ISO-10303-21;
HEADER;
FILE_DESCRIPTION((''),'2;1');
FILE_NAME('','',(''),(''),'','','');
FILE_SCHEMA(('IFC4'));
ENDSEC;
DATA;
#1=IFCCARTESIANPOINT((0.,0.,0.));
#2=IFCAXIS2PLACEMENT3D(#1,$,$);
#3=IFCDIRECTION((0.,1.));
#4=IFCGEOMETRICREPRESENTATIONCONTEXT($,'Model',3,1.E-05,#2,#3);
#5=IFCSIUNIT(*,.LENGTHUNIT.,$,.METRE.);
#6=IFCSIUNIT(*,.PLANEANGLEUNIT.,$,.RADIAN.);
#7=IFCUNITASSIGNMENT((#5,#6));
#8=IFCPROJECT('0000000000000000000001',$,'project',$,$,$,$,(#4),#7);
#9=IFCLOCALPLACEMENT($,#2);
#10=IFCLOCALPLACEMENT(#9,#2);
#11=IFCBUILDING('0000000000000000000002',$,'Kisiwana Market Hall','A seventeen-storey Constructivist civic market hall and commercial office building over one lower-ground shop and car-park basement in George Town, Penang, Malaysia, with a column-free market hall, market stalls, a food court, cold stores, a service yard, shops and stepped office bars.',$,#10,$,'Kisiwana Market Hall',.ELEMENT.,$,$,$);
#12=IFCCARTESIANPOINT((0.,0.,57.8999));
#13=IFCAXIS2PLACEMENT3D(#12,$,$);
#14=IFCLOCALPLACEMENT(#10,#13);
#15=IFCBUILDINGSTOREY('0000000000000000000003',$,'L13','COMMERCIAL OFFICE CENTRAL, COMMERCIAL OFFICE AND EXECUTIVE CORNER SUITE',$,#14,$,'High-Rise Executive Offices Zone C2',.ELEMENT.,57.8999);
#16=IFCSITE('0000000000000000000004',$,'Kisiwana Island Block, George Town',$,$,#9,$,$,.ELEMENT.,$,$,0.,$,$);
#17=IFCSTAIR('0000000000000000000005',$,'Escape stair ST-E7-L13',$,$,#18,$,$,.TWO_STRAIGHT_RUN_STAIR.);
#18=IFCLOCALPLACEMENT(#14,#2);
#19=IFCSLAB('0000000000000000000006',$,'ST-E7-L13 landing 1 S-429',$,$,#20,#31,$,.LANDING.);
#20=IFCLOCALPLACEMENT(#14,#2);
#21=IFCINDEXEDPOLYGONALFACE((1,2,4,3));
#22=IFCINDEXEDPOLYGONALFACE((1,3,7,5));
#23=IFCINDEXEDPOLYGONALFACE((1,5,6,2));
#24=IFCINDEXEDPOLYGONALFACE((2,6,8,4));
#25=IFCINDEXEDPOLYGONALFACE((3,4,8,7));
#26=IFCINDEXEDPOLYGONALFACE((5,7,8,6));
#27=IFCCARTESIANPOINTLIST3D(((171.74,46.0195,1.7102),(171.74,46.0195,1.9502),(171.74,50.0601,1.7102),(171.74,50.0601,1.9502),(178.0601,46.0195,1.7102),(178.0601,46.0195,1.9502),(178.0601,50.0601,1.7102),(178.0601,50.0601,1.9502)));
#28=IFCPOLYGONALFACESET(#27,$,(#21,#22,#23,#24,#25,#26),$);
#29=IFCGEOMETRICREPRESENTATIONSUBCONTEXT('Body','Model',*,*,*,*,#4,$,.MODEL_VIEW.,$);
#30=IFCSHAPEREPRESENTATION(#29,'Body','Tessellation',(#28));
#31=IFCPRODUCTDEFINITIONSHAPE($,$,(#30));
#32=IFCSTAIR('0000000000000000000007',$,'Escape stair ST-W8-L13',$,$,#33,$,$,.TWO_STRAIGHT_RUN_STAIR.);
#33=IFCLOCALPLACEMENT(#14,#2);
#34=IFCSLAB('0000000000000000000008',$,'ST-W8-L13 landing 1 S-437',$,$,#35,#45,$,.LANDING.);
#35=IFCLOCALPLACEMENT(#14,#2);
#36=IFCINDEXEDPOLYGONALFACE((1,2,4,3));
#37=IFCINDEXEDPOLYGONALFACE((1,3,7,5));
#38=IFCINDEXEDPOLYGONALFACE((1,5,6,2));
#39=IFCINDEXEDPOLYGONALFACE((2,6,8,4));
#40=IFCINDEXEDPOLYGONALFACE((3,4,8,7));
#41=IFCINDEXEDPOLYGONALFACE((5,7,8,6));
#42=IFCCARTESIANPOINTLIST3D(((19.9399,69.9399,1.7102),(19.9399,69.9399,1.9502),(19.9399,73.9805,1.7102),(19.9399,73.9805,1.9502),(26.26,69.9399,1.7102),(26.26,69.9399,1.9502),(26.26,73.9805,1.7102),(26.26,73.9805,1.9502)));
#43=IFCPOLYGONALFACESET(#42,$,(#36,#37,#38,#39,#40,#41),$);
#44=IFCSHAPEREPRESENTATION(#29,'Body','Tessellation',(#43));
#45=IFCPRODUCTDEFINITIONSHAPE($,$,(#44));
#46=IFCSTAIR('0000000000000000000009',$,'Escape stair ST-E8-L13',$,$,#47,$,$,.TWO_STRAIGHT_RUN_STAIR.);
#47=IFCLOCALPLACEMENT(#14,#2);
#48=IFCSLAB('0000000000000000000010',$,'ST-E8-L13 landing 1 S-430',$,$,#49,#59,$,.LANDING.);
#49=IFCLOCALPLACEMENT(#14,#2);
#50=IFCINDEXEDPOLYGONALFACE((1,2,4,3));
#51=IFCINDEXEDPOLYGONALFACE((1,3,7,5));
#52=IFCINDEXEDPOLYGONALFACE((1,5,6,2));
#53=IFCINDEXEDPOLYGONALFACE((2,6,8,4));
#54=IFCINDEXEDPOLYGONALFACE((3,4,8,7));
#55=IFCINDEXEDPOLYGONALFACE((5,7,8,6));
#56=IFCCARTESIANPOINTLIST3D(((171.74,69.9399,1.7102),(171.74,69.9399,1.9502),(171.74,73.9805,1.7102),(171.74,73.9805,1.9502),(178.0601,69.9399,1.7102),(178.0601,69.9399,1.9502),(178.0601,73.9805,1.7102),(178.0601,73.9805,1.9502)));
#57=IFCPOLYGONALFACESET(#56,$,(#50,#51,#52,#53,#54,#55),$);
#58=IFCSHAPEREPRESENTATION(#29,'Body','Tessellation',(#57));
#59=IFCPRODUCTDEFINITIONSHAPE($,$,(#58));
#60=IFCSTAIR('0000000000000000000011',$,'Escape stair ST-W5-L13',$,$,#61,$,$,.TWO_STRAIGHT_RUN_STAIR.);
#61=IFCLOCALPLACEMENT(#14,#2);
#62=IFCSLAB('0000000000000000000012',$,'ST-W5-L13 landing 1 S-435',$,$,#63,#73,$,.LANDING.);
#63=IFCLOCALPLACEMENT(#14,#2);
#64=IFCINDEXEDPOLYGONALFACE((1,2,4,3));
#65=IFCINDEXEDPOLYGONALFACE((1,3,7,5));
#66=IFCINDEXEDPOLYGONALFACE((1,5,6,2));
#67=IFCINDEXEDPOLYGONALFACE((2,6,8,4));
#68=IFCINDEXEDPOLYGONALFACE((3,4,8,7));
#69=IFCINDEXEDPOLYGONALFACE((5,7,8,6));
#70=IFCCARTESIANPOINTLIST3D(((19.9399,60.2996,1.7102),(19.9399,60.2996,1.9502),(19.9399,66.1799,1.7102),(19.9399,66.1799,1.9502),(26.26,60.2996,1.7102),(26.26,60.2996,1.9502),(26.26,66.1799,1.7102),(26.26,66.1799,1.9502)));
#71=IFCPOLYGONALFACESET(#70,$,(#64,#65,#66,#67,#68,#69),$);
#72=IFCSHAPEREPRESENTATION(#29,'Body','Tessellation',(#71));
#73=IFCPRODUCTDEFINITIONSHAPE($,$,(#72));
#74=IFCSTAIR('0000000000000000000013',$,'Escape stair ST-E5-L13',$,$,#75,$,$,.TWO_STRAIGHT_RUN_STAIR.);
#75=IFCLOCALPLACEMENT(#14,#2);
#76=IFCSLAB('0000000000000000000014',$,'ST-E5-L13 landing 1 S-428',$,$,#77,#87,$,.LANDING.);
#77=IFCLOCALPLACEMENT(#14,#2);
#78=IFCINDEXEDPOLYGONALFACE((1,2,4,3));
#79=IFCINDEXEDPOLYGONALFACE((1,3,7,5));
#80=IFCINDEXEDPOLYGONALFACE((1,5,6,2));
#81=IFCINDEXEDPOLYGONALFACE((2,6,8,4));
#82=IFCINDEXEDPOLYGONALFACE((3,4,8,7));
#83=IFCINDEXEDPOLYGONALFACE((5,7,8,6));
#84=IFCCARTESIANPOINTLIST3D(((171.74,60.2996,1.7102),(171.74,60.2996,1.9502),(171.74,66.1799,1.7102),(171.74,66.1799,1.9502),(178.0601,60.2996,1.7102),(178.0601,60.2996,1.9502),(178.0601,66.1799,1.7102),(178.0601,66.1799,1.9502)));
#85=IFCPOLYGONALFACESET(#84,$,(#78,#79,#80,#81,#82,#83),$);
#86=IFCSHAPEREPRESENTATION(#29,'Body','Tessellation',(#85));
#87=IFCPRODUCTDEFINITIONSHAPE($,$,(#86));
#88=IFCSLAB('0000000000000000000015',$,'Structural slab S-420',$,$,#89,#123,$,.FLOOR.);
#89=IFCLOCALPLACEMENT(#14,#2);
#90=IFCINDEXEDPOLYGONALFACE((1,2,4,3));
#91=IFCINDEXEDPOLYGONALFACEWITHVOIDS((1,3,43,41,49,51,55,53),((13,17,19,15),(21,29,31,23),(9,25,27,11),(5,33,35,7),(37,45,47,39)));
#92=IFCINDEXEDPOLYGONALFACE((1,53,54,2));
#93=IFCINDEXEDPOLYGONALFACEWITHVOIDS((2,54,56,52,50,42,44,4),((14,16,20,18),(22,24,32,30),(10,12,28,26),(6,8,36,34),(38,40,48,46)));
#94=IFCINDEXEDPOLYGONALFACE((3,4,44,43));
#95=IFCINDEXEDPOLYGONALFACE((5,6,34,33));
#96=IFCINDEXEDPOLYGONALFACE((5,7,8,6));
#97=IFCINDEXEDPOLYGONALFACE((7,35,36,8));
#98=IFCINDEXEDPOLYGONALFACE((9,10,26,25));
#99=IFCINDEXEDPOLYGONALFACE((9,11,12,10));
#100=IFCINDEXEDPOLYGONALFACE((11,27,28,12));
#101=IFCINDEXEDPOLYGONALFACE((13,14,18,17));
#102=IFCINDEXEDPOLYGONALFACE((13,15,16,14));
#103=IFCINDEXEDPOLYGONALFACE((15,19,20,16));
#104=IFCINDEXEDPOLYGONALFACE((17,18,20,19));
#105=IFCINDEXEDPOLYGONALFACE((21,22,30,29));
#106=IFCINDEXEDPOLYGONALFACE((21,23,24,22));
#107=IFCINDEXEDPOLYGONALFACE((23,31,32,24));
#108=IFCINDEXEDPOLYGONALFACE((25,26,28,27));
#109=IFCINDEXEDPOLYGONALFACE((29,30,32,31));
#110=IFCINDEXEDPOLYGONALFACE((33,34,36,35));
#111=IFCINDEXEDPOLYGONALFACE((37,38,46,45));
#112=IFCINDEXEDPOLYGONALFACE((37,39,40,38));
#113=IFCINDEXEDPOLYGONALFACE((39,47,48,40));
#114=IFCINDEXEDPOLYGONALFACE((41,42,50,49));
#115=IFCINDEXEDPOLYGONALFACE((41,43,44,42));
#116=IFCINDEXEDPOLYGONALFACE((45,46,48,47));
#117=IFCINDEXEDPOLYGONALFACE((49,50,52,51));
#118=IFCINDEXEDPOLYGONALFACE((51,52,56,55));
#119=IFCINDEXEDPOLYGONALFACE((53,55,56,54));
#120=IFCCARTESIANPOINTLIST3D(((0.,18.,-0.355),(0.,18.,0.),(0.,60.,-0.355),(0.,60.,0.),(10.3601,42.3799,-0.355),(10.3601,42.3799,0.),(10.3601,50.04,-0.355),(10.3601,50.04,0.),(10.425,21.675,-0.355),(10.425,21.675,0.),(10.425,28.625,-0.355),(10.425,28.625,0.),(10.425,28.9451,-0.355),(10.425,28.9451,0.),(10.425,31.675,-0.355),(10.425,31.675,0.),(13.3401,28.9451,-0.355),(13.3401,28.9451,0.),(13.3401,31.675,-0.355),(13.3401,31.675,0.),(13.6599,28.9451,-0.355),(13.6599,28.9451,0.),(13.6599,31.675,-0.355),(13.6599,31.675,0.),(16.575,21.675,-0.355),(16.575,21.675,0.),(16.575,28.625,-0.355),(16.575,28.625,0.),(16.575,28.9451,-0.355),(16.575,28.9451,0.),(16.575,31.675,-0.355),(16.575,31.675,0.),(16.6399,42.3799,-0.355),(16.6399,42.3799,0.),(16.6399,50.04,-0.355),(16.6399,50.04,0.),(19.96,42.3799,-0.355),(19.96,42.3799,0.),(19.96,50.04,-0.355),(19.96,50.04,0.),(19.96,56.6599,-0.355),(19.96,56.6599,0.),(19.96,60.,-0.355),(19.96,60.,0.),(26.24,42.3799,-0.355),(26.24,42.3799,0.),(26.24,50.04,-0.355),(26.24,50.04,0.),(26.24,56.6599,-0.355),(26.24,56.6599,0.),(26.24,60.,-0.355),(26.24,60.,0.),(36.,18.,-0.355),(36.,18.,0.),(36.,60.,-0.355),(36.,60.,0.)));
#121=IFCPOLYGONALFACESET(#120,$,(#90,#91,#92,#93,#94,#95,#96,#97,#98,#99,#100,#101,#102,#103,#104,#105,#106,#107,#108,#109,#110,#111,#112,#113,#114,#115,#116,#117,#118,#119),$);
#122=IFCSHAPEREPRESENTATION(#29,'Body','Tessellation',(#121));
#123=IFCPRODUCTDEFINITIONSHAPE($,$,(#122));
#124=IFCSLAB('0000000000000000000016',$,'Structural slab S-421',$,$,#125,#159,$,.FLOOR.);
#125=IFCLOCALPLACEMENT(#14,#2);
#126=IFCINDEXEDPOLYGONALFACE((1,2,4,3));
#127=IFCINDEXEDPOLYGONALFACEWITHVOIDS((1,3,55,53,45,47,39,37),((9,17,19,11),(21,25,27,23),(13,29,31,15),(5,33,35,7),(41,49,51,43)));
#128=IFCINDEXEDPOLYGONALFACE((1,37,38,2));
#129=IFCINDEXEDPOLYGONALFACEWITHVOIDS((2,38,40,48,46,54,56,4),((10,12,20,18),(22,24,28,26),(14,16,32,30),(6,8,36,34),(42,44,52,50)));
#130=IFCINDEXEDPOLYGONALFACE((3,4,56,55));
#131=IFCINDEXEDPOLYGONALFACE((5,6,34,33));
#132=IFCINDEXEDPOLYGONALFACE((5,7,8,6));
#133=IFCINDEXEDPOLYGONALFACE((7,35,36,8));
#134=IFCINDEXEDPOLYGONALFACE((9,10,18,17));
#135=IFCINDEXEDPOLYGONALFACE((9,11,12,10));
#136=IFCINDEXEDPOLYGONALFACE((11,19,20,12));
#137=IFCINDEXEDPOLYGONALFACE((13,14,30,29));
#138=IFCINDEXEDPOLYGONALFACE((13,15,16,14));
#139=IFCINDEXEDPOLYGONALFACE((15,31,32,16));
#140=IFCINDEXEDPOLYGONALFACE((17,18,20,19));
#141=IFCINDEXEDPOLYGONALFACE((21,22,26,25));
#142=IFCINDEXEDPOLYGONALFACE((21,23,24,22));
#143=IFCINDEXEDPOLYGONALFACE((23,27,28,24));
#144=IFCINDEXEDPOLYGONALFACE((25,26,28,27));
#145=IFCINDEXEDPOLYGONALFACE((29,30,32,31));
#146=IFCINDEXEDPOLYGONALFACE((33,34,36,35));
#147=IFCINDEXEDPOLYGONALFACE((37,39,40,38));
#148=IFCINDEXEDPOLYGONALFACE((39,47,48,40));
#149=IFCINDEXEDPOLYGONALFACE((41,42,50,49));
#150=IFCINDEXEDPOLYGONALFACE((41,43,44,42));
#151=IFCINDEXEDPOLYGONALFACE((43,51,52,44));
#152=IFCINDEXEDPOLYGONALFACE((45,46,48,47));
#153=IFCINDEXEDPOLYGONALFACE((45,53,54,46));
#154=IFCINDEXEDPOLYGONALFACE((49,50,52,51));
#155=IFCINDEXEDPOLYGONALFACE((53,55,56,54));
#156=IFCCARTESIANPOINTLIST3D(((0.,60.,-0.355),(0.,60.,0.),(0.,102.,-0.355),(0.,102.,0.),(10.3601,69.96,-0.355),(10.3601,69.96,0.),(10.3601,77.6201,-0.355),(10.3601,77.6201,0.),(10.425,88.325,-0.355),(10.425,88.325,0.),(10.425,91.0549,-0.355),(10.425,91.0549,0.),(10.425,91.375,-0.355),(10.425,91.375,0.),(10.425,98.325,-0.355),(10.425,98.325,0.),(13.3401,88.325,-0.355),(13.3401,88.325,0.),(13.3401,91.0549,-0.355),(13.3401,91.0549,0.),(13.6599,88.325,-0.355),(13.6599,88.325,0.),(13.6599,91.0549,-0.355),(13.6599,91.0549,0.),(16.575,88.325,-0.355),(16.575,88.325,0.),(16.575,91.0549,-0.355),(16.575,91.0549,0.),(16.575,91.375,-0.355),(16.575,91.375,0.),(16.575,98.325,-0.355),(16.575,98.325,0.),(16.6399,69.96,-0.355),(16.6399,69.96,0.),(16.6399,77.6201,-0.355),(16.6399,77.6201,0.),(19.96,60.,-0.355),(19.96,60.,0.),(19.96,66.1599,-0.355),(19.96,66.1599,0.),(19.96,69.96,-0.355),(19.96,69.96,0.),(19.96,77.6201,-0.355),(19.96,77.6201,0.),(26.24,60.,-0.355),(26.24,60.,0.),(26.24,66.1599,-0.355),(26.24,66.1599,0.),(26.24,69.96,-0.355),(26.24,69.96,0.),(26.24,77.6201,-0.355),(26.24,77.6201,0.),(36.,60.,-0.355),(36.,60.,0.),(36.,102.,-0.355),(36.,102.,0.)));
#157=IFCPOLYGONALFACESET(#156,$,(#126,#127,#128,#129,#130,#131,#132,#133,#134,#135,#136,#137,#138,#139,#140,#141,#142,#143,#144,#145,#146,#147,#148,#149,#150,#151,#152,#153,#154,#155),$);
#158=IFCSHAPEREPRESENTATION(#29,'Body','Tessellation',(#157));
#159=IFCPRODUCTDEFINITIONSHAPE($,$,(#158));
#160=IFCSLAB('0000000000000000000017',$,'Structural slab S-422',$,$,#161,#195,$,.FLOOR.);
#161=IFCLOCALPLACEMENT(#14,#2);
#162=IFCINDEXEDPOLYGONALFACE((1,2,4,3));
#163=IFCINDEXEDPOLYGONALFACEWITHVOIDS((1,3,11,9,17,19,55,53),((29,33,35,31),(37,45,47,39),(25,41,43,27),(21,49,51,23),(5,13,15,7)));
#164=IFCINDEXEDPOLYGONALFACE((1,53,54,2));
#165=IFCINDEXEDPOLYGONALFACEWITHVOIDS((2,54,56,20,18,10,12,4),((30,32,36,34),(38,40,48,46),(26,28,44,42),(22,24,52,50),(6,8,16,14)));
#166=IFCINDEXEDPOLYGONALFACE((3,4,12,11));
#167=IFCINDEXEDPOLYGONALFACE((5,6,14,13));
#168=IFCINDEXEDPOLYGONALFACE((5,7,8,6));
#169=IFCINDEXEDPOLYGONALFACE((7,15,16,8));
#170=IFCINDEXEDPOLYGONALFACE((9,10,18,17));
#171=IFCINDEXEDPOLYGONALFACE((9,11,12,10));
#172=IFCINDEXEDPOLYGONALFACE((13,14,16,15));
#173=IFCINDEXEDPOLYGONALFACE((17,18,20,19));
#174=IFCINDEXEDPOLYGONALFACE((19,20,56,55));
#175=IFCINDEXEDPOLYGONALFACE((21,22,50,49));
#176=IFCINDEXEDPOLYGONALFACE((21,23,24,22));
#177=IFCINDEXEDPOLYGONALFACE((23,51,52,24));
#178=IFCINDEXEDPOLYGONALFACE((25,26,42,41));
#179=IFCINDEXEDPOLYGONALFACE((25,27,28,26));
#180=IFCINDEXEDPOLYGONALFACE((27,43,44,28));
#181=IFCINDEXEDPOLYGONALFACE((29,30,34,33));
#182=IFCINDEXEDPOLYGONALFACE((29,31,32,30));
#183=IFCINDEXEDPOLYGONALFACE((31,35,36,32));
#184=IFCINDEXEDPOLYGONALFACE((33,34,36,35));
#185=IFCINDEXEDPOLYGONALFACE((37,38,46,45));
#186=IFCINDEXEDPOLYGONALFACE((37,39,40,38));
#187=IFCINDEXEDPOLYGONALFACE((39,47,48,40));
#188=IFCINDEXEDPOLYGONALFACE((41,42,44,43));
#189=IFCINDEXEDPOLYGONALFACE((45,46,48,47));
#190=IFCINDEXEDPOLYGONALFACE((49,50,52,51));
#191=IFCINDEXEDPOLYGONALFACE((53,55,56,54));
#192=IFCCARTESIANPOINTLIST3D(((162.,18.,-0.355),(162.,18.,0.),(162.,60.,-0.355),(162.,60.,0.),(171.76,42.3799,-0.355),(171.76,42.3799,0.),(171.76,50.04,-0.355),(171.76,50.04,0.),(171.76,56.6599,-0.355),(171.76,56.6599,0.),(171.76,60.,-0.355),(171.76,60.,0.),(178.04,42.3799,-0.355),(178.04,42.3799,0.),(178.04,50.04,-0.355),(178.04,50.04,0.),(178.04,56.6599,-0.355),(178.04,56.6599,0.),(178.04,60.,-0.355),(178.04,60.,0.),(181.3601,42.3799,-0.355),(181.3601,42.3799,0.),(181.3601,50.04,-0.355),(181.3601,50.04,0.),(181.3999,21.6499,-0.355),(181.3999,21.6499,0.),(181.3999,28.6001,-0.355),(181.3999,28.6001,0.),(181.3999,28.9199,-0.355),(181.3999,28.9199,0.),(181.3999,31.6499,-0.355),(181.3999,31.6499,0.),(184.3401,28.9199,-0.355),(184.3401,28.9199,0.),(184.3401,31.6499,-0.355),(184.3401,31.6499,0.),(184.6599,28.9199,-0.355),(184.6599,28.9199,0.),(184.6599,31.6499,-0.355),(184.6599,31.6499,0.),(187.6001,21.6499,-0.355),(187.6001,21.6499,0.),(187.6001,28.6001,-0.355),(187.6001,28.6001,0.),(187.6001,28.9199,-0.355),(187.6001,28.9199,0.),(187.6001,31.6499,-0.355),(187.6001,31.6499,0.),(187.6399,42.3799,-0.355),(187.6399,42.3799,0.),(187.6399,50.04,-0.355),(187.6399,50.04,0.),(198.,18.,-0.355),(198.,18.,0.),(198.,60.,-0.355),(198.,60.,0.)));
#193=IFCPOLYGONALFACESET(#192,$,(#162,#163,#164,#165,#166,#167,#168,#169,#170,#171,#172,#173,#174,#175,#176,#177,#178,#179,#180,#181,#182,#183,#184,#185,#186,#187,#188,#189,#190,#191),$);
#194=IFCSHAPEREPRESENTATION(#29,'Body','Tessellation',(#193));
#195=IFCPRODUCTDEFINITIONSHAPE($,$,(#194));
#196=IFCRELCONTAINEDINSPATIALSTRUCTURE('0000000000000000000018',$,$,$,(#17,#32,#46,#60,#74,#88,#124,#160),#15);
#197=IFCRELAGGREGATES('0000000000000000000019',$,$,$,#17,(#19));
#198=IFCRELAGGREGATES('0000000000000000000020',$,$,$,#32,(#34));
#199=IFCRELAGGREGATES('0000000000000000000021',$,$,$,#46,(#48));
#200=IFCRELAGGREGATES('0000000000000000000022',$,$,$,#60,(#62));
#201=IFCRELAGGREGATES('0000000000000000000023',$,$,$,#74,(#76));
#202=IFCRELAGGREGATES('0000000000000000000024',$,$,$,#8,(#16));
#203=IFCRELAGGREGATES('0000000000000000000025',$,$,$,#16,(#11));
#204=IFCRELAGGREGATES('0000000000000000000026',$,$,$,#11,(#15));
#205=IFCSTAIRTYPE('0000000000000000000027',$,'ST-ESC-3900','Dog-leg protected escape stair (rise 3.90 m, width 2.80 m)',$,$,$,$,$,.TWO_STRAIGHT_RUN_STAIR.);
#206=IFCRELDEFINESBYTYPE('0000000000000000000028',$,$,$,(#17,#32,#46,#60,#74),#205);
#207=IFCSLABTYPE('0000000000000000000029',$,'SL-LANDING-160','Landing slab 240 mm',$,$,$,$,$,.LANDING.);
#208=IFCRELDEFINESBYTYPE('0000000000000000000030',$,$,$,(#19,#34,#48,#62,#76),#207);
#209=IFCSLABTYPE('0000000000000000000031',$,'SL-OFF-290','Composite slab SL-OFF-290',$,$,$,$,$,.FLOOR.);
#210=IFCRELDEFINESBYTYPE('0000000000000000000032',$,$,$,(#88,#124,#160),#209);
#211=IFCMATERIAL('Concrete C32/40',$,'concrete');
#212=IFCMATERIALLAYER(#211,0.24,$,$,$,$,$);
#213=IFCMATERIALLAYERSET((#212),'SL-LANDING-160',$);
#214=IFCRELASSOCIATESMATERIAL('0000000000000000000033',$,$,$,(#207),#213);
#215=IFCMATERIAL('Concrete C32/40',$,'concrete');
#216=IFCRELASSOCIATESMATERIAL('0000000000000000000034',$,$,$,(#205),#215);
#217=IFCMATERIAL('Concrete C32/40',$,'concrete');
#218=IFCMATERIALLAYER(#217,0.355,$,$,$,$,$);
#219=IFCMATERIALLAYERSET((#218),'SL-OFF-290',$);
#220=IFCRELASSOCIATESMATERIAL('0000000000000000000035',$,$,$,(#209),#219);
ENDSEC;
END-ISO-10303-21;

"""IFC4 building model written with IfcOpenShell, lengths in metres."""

from ifc_helpers import new_model, si_unit, direction, frame, origin, place, context, subcontext, project, spatial, polyline, outline, extrude, material, layer, layer_set, type_object, element, aggregate, save


model = new_model("IFC4")

# Units and contexts
model_context = context("Model", 3, precision=1e-05, world=origin(), true_north=direction((0.0, 1.0)))
body_context = subcontext(model_context, "Body", "Model", "MODEL_VIEW")
ifc_project = project(units=[si_unit("LENGTHUNIT", "METRE"), si_unit("PLANEANGLEUNIT", "RADIAN")], contexts=[model_context])

# Site, building, storey
site_placement = place(None, origin())
site = spatial("IfcSite", under=ifc_project, at=site_placement, Name="Kisiwana Island Block, George Town", CompositionType="ELEMENT", RefElevation=0.0)
building_placement = place(site_placement, origin())
building = spatial("IfcBuilding", under=site, at=building_placement, Name="Kisiwana Market Hall", Description="A seventeen-storey Constructivist civic market hall and commercial office building over one lower-ground shop and car-park basement in George Town, Penang, Malaysia, with a column-free market hall, market stalls, a food court, cold stores, a service yard, shops and stepped office bars.", LongName="Kisiwana Market Hall", CompositionType="ELEMENT")
storey_placement = place(building_placement, frame((0.0, 0.0, 57.8999)))
storey = spatial("IfcBuildingStorey", under=building, at=storey_placement, Name="L13", Description="COMMERCIAL OFFICE CENTRAL, COMMERCIAL OFFICE AND EXECUTIVE CORNER SUITE", LongName="High-Rise Executive Offices Zone C2", CompositionType="ELEMENT", Elevation=57.8999)

# Stairs, slabs
ifc_material_1 = material(Name="Concrete C32/40", Category="concrete")
ifc_layer_1 = layer(ifc_material_1, 0.24)
ifc_layer_set_1 = layer_set([ifc_layer_1], Name="SL-LANDING-160")
slab_type_1 = type_object("IfcSlabType", Name="SL-LANDING-160", Description="Landing slab 240 mm", PredefinedType="LANDING", material=ifc_layer_set_1)
ifc_material_2 = material(Name="Concrete C32/40", Category="concrete")
stair_type_1 = type_object("IfcStairType", Name="ST-ESC-3900", Description="Dog-leg protected escape stair (rise 3.90 m, width 2.80 m)", PredefinedType="TWO_STRAIGHT_RUN_STAIR", material=ifc_material_2)
stair_1_placement = place(storey_placement, origin())
stair_1 = element("IfcStair", 1, at=stair_1_placement, inside=storey, type_object=stair_type_1, Name="Escape stair ST-E7-L13", PredefinedType="TWO_STRAIGHT_RUN_STAIR")
slab_1_placement = place(storey_placement, frame((0.0, 0.0, 1.7102)))
slab_1 = element("IfcSlab", 2, at=slab_1_placement, type_object=slab_type_1, Name="ST-E7-L13 landing 1 S-429", PredefinedType="LANDING", context=body_context, shape_type="SweptSolid", body=[
    extrude(outline(polyline([(171.74, 46.0195), (178.0601, 46.0195), (178.0601, 50.0601), (171.74, 50.0601), (171.74, 46.0195)])), origin(), (0.0, 0.0, 1.0), 0.24),
])
aggregate(stair_1, [slab_1])
stair_2_placement = place(storey_placement, origin())
stair_2 = element("IfcStair", 3, at=stair_2_placement, inside=storey, type_object=stair_type_1, Name="Escape stair ST-W8-L13", PredefinedType="TWO_STRAIGHT_RUN_STAIR")
slab_2_placement = place(storey_placement, frame((0.0, 0.0, 1.7102)))
slab_2 = element("IfcSlab", 4, at=slab_2_placement, type_object=slab_type_1, Name="ST-W8-L13 landing 1 S-437", PredefinedType="LANDING", context=body_context, shape_type="SweptSolid", body=[
    extrude(outline(polyline([(19.9399, 69.9399), (26.26, 69.9399), (26.26, 73.9805), (19.9399, 73.9805), (19.9399, 69.9399)])), origin(), (0.0, 0.0, 1.0), 0.24),
])
aggregate(stair_2, [slab_2])
stair_3_placement = place(storey_placement, origin())
stair_3 = element("IfcStair", 5, at=stair_3_placement, inside=storey, type_object=stair_type_1, Name="Escape stair ST-E8-L13", PredefinedType="TWO_STRAIGHT_RUN_STAIR")
slab_3_placement = place(storey_placement, frame((0.0, 0.0, 1.7102)))
slab_3 = element("IfcSlab", 6, at=slab_3_placement, type_object=slab_type_1, Name="ST-E8-L13 landing 1 S-430", PredefinedType="LANDING", context=body_context, shape_type="SweptSolid", body=[
    extrude(outline(polyline([(171.74, 69.9399), (178.0601, 69.9399), (178.0601, 73.9805), (171.74, 73.9805), (171.74, 69.9399)])), origin(), (0.0, 0.0, 1.0), 0.24),
])
aggregate(stair_3, [slab_3])
stair_4_placement = place(storey_placement, origin())
stair_4 = element("IfcStair", 7, at=stair_4_placement, inside=storey, type_object=stair_type_1, Name="Escape stair ST-W5-L13", PredefinedType="TWO_STRAIGHT_RUN_STAIR")
slab_4_placement = place(storey_placement, frame((0.0, 0.0, 1.7102)))
slab_4 = element("IfcSlab", 8, at=slab_4_placement, type_object=slab_type_1, Name="ST-W5-L13 landing 1 S-435", PredefinedType="LANDING", context=body_context, shape_type="SweptSolid", body=[
    extrude(outline(polyline([(19.9399, 60.2996), (26.26, 60.2996), (26.26, 66.1799), (19.9399, 66.1799), (19.9399, 60.2996)])), origin(), (0.0, 0.0, 1.0), 0.24),
])
aggregate(stair_4, [slab_4])
stair_5_placement = place(storey_placement, origin())
stair_5 = element("IfcStair", 9, at=stair_5_placement, inside=storey, type_object=stair_type_1, Name="Escape stair ST-E5-L13", PredefinedType="TWO_STRAIGHT_RUN_STAIR")
slab_5_placement = place(storey_placement, frame((0.0, 0.0, 1.7102)))
slab_5 = element("IfcSlab", 10, at=slab_5_placement, type_object=slab_type_1, Name="ST-E5-L13 landing 1 S-428", PredefinedType="LANDING", context=body_context, shape_type="SweptSolid", body=[
    extrude(outline(polyline([(171.74, 60.2996), (178.0601, 60.2996), (178.0601, 66.1799), (171.74, 66.1799), (171.74, 60.2996)])), origin(), (0.0, 0.0, 1.0), 0.24),
])
aggregate(stair_5, [slab_5])

# Slabs
ifc_material_3 = material(Name="Concrete C32/40", Category="concrete")
ifc_layer_2 = layer(ifc_material_3, 0.355)
ifc_layer_set_2 = layer_set([ifc_layer_2], Name="SL-OFF-290")
slab_type_2 = type_object("IfcSlabType", Name="SL-OFF-290", Description="Composite slab SL-OFF-290", PredefinedType="FLOOR", material=ifc_layer_set_2)
slab_6_placement = place(storey_placement, frame((0.0, 0.0, -0.355)))
element("IfcSlab", 11, at=slab_6_placement, inside=storey, type_object=slab_type_2, Name="Structural slab S-420", PredefinedType="FLOOR", context=body_context, shape_type="SweptSolid", body=[
    extrude(outline(polyline([(0.0, 18.0), (36.0, 18.0), (36.0, 60.0), (26.24, 60.0), (26.24, 56.6599), (19.96, 56.6599), (19.96, 60.0), (0.0, 60.0), (0.0, 18.0)]), holes=[polyline([(10.425, 21.675), (16.575, 21.675), (16.575, 28.625), (10.425, 28.625), (10.425, 21.675)]), polyline([(10.425, 28.9451), (13.3401, 28.9451), (13.3401, 31.675), (10.425, 31.675), (10.425, 28.9451)]), polyline([(13.6599, 28.9451), (16.575, 28.9451), (16.575, 31.675), (13.6599, 31.675), (13.6599, 28.9451)]), polyline([(10.3601, 42.3799), (16.6399, 42.3799), (16.6399, 50.04), (10.3601, 50.04), (10.3601, 42.3799)]), polyline([(19.96, 42.3799), (26.24, 42.3799), (26.24, 50.04), (19.96, 50.04), (19.96, 42.3799)])]), origin(), (0.0, 0.0, 1.0), 0.355),
])
slab_7_placement = place(storey_placement, frame((0.0, 0.0, -0.355)))
element("IfcSlab", 12, at=slab_7_placement, inside=storey, type_object=slab_type_2, Name="Structural slab S-421", PredefinedType="FLOOR", context=body_context, shape_type="SweptSolid", body=[
    extrude(outline(polyline([(0.0, 60.0), (19.96, 60.0), (19.96, 66.1599), (26.24, 66.1599), (26.24, 60.0), (36.0, 60.0), (36.0, 102.0), (0.0, 102.0), (0.0, 60.0)]), holes=[polyline([(10.425, 91.375), (16.575, 91.375), (16.575, 98.325), (10.425, 98.325), (10.425, 91.375)]), polyline([(10.425, 88.325), (13.3401, 88.325), (13.3401, 91.0549), (10.425, 91.0549), (10.425, 88.325)]), polyline([(13.6599, 88.325), (16.575, 88.325), (16.575, 91.0549), (13.6599, 91.0549), (13.6599, 88.325)]), polyline([(10.3601, 69.96), (16.6399, 69.96), (16.6399, 77.6201), (10.3601, 77.6201), (10.3601, 69.96)]), polyline([(19.96, 69.96), (26.24, 69.96), (26.24, 77.6201), (19.96, 77.6201), (19.96, 69.96)])]), origin(), (0.0, 0.0, 1.0), 0.355),
])
slab_8_placement = place(storey_placement, frame((0.0, 0.0, -0.355)))
element("IfcSlab", 13, at=slab_8_placement, inside=storey, type_object=slab_type_2, Name="Structural slab S-422", PredefinedType="FLOOR", context=body_context, shape_type="SweptSolid", body=[
    extrude(outline(polyline([(162.0, 18.0), (198.0, 18.0), (198.0, 60.0), (178.04, 60.0), (178.04, 56.6599), (171.76, 56.6599), (171.76, 60.0), (162.0, 60.0), (162.0, 18.0)]), holes=[polyline([(181.3999, 21.6499), (187.6001, 21.6499), (187.6001, 28.6001), (181.3999, 28.6001), (181.3999, 21.6499)]), polyline([(181.3999, 28.9199), (184.3401, 28.9199), (184.3401, 31.6499), (181.3999, 31.6499), (181.3999, 28.9199)]), polyline([(184.6599, 28.9199), (187.6001, 28.9199), (187.6001, 31.6499), (184.6599, 31.6499), (184.6599, 28.9199)]), polyline([(181.3601, 42.3799), (187.6399, 42.3799), (187.6399, 50.04), (181.3601, 50.04), (181.3601, 42.3799)]), polyline([(171.76, 42.3799), (178.04, 42.3799), (178.04, 50.04), (171.76, 50.04), (171.76, 42.3799)])]), origin(), (0.0, 0.0, 1.0), 0.355),
])

save(model, "model.ifc")
